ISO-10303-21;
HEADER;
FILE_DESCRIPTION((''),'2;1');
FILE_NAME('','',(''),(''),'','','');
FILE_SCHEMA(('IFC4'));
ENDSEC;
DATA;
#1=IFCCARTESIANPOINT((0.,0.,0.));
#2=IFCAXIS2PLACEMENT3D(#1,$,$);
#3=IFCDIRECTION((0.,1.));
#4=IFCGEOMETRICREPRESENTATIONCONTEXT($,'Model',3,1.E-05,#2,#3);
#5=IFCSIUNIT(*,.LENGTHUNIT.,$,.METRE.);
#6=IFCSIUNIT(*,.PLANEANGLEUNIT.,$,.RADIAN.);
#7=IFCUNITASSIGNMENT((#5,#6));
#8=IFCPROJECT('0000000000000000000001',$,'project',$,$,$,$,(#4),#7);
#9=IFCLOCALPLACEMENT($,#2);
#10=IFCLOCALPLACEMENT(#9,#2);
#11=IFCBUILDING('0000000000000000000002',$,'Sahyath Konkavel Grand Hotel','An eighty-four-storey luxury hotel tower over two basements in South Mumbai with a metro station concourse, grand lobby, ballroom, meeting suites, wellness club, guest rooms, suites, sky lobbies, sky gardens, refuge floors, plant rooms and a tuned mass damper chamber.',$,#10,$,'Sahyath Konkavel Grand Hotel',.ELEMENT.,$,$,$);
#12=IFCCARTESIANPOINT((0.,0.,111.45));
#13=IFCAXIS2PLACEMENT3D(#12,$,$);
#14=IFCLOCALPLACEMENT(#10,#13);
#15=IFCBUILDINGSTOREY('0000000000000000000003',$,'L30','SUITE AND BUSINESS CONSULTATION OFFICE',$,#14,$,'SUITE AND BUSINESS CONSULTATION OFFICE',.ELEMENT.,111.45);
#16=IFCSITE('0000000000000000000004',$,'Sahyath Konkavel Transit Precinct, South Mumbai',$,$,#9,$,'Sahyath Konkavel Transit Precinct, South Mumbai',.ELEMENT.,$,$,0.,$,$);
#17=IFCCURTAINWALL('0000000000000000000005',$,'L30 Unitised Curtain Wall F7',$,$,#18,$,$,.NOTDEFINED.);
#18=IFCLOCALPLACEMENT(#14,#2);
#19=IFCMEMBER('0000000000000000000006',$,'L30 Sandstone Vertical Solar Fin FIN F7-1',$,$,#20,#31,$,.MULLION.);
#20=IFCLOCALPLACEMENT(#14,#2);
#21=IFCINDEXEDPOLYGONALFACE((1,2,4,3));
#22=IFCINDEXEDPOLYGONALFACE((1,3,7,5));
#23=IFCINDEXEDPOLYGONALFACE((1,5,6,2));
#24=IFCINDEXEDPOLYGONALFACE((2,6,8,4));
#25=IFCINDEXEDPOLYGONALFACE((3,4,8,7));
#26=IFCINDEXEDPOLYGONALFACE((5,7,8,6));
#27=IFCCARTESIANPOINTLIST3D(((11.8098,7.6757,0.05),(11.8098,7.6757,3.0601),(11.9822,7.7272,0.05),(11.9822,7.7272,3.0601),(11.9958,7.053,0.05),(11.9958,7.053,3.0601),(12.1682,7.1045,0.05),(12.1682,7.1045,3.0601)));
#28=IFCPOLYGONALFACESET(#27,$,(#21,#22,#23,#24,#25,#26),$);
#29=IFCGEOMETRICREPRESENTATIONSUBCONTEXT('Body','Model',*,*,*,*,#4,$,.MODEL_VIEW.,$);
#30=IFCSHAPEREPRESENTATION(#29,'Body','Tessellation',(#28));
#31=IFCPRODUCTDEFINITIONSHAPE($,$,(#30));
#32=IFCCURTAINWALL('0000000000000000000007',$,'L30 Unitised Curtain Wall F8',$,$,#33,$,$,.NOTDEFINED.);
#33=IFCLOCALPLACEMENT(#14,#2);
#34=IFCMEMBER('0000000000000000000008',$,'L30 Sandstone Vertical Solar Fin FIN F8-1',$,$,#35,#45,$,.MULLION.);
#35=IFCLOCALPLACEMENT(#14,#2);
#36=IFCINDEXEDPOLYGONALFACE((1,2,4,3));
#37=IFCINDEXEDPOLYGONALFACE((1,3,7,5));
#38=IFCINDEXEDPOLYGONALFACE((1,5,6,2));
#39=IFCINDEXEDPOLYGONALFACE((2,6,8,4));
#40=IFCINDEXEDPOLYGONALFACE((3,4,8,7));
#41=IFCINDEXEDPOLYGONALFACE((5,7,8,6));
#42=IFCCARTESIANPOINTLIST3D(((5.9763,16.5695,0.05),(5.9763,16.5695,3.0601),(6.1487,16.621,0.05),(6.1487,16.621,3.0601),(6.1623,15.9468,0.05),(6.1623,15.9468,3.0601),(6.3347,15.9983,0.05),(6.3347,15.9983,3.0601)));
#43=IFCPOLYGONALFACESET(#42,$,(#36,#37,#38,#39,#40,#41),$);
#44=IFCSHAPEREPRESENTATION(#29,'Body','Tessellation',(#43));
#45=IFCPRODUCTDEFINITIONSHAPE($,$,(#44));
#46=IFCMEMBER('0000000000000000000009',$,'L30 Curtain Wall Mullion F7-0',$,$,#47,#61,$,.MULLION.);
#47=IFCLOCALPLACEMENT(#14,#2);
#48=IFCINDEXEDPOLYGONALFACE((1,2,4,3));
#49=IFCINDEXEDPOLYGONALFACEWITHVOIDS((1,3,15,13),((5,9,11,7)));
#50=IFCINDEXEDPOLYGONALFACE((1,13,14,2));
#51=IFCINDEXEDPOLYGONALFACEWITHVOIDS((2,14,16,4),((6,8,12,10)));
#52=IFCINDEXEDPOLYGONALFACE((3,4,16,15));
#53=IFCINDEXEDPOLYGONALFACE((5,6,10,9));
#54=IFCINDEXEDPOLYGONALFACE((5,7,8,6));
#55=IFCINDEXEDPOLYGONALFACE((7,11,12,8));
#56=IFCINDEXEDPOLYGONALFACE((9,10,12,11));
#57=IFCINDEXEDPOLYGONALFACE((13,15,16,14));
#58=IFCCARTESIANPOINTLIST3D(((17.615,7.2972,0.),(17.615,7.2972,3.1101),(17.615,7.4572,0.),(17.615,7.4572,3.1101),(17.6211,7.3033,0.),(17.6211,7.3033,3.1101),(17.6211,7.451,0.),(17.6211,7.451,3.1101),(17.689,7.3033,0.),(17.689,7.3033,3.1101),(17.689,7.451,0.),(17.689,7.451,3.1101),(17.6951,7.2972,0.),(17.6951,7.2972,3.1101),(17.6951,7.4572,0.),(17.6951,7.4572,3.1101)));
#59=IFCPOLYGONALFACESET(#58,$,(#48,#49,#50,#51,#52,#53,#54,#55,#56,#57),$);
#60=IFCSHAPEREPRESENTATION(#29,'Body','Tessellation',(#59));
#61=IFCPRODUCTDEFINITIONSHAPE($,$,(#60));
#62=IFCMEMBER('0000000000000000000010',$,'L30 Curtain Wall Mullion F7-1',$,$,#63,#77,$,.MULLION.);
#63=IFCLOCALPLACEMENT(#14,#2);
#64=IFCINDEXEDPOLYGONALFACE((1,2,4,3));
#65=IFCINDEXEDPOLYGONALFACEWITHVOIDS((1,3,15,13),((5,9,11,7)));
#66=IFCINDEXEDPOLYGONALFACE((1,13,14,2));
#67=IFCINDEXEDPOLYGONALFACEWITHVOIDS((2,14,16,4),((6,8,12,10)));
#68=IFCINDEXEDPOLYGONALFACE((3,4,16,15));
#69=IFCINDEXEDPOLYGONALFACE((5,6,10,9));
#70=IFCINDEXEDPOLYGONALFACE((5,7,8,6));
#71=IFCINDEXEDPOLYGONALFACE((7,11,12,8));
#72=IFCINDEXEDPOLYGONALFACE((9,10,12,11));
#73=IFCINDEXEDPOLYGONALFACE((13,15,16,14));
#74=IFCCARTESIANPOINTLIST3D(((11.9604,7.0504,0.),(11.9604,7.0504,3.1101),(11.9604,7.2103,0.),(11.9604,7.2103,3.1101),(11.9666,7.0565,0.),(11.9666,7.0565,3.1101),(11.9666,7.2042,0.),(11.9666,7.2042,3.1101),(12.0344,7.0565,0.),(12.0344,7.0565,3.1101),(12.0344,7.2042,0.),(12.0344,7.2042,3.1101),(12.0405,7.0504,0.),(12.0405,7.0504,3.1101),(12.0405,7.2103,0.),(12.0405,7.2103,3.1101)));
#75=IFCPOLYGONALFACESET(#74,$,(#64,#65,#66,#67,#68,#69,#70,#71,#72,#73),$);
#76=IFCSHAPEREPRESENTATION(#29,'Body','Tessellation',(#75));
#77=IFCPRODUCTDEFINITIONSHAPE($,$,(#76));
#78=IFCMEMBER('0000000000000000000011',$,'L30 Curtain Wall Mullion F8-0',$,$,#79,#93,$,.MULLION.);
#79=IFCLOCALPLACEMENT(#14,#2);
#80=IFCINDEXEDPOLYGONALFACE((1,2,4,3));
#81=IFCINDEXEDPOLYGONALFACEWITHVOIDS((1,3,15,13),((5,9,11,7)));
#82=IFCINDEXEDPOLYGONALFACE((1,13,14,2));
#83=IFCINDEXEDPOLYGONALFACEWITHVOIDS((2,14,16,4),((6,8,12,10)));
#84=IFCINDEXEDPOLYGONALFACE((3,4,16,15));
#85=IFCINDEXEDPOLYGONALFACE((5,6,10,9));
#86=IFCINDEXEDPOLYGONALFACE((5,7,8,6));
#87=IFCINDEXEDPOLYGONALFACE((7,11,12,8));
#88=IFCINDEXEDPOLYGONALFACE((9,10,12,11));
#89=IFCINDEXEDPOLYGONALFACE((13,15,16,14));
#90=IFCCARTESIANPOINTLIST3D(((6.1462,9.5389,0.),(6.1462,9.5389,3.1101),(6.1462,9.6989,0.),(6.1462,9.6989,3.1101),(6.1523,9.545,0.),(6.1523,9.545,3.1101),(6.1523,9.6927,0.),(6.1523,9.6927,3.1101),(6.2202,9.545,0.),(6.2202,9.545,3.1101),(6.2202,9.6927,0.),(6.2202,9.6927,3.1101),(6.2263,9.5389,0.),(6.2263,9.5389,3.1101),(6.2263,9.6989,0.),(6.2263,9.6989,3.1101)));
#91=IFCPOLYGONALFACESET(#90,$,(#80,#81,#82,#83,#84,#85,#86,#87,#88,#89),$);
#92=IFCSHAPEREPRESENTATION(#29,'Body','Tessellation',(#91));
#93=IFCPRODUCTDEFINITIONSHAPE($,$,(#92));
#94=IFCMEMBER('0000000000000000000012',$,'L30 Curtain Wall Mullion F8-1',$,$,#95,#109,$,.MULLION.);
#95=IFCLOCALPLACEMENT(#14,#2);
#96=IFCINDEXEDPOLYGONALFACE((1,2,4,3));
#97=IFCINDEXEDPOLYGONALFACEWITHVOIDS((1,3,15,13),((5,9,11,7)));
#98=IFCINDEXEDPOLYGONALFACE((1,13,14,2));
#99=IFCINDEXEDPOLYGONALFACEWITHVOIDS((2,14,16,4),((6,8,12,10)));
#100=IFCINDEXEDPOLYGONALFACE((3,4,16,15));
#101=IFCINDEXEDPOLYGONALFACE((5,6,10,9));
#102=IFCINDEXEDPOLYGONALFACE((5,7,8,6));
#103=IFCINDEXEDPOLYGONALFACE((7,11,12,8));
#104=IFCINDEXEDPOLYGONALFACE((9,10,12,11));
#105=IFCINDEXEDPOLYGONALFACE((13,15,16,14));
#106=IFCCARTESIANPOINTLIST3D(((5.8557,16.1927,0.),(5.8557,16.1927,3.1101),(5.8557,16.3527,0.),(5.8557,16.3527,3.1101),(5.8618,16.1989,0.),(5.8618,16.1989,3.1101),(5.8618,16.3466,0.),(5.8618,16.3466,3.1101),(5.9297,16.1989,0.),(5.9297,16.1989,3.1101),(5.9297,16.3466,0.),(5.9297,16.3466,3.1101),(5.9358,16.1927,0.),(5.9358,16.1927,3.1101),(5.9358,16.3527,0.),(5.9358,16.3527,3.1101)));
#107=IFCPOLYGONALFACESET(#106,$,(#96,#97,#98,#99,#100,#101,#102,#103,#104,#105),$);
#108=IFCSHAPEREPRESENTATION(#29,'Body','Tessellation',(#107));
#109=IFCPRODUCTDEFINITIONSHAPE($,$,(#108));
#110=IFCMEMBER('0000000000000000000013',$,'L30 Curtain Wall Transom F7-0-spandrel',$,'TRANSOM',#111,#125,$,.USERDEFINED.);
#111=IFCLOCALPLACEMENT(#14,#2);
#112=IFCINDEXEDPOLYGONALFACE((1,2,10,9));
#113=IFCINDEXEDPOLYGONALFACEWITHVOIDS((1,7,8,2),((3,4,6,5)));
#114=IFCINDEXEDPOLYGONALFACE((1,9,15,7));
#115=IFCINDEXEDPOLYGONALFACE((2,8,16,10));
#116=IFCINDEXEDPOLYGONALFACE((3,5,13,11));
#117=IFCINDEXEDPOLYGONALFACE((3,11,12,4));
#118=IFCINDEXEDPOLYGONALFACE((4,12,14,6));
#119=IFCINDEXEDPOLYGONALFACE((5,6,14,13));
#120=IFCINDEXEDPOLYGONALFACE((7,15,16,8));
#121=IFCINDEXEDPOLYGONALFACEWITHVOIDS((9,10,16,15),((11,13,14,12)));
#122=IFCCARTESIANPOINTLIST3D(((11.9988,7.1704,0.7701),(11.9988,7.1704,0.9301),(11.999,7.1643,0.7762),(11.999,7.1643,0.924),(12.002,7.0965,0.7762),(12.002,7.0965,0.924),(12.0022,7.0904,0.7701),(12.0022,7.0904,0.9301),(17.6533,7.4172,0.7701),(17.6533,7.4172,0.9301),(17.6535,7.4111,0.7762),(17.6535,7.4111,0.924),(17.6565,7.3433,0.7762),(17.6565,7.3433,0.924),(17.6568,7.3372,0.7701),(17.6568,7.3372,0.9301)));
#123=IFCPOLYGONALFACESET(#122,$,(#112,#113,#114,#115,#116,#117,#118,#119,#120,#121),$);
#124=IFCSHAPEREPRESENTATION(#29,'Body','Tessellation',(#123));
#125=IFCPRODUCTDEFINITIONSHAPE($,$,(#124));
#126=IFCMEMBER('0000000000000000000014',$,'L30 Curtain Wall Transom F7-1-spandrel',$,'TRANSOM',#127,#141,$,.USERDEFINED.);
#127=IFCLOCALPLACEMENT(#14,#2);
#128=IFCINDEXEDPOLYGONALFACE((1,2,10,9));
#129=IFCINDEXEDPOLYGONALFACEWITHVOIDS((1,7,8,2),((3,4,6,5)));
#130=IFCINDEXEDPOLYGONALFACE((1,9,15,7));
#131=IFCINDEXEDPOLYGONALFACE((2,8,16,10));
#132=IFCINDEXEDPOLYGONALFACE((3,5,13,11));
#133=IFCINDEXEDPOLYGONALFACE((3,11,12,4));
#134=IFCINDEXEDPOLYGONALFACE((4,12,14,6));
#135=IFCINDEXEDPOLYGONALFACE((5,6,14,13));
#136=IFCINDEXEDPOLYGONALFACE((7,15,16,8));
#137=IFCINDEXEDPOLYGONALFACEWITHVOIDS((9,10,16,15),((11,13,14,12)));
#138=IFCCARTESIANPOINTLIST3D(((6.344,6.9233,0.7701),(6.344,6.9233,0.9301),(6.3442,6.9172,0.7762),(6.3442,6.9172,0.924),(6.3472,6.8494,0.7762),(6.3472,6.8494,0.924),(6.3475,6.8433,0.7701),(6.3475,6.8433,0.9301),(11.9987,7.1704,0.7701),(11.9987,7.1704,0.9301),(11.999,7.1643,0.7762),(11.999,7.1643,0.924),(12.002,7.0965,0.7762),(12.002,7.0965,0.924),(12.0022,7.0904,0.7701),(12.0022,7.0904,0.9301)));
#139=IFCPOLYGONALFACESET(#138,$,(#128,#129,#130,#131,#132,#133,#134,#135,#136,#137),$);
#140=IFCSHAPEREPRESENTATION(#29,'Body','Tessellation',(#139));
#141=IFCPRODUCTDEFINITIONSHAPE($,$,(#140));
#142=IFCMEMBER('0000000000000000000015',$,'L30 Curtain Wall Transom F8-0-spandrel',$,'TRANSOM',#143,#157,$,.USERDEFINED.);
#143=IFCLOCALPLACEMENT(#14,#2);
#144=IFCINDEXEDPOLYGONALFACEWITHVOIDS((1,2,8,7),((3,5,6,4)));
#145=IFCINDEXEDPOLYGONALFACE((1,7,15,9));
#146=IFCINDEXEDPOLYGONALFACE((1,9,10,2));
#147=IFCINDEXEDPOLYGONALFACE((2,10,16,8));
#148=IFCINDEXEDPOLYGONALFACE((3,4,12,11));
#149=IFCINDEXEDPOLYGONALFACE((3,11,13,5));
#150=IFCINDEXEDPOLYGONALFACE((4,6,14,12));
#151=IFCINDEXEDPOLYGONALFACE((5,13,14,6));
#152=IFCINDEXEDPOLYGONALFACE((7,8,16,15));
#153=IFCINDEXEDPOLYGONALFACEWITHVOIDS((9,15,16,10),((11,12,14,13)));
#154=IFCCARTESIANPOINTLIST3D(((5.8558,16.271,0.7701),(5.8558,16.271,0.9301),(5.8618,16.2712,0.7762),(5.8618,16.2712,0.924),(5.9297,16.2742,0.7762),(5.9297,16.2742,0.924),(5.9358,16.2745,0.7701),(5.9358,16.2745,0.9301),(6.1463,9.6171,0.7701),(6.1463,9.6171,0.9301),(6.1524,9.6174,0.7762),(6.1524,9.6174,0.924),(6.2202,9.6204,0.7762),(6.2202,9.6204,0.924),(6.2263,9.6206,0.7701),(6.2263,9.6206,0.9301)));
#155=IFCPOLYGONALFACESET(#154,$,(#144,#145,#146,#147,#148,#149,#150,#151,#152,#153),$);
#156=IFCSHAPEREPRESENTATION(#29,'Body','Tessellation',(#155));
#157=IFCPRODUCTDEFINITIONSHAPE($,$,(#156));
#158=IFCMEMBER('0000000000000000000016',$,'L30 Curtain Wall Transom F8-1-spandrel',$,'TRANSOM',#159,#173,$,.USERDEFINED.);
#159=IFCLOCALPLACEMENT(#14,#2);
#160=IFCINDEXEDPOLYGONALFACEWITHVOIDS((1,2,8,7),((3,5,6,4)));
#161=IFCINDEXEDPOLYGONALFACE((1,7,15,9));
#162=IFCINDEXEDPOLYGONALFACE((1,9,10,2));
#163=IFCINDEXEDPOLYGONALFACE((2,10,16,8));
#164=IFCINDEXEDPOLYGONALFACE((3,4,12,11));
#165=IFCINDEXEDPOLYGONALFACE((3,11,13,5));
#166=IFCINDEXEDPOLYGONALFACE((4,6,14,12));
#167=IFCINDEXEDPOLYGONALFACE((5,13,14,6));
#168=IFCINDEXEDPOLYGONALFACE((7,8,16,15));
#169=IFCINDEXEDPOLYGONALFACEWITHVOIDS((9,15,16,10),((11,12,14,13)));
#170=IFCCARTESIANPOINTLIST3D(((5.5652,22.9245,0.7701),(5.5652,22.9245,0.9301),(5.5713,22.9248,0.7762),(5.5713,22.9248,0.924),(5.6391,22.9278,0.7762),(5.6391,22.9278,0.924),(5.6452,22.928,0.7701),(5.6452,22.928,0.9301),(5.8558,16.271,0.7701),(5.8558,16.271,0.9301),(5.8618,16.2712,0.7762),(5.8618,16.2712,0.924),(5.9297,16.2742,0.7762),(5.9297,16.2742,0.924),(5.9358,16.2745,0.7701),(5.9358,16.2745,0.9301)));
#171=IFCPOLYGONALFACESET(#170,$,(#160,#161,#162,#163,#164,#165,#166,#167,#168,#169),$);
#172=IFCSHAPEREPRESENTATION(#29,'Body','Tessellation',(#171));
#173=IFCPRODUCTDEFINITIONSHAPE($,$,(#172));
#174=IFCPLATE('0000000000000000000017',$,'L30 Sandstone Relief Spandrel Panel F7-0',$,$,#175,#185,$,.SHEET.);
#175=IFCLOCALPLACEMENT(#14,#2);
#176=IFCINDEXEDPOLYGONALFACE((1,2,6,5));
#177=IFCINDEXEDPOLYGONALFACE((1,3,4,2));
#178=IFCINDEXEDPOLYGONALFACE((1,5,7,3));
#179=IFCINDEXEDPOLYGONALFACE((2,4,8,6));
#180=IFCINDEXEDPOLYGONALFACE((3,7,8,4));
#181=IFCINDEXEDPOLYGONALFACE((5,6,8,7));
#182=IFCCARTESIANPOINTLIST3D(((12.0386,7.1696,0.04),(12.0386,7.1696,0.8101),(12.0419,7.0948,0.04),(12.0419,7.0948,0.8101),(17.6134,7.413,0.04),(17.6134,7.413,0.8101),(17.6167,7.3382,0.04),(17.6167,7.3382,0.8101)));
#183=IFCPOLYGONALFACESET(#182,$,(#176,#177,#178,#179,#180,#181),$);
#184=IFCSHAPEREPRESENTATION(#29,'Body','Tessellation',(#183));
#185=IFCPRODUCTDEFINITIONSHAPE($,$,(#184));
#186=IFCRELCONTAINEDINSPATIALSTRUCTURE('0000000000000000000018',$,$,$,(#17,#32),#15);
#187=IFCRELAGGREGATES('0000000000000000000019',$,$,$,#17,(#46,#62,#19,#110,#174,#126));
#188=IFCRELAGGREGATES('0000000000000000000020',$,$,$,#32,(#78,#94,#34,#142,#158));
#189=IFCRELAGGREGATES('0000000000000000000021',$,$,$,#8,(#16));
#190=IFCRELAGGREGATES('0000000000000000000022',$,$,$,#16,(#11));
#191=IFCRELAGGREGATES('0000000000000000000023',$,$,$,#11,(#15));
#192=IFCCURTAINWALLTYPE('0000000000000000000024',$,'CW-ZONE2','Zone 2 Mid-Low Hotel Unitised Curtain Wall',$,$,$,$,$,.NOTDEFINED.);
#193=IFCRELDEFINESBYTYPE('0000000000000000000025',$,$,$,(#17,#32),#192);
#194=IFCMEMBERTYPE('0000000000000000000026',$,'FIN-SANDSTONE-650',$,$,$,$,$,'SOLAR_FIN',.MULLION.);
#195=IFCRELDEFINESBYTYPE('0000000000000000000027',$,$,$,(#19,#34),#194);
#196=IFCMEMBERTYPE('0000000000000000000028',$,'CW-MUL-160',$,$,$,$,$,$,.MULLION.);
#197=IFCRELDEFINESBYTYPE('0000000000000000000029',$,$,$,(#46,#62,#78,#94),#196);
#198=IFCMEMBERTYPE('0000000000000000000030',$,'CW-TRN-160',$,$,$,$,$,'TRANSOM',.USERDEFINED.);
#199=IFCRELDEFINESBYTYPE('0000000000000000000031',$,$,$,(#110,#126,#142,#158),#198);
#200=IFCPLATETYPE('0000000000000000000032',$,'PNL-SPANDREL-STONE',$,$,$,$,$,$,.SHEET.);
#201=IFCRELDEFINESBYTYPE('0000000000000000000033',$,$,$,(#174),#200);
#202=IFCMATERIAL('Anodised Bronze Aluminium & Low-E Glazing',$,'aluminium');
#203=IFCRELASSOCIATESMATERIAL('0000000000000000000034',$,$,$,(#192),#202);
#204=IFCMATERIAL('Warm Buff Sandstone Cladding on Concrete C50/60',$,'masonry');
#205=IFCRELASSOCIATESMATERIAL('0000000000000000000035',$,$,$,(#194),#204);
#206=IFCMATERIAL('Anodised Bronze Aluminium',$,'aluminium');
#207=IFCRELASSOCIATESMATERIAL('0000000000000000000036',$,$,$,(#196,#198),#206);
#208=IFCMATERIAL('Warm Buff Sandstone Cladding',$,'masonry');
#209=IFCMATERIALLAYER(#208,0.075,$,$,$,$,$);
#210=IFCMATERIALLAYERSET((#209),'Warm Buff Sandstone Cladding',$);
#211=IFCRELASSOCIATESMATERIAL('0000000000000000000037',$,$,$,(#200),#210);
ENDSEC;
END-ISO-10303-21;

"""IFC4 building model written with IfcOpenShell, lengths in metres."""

from ifc_helpers import new_model, si_unit, direction, frame, origin, origin_2d, place, context, subcontext, project, spatial, rectangle, hollow_rectangle, extrude, source, transform, mapped, material, layer, layer_set, material_profile, profile_set, type_object, element, aggregate, save


model = new_model("IFC4")

# Units and contexts
model_context = context("Model", 3, precision=1e-05, world=origin(), true_north=direction((0.0, 1.0)))
body_context = subcontext(model_context, "Body", "Model", "MODEL_VIEW")
ifc_project = project(units=[si_unit("LENGTHUNIT", "METRE"), si_unit("PLANEANGLEUNIT", "RADIAN")], contexts=[model_context])

# Site, building, storey
site_placement = place(None, origin())
site = spatial("IfcSite", under=ifc_project, at=site_placement, Name="Sahyath Konkavel Transit Precinct, South Mumbai", LongName="Sahyath Konkavel Transit Precinct, South Mumbai", CompositionType="ELEMENT", RefElevation=0.0)
building_placement = place(site_placement, origin())
building = spatial("IfcBuilding", under=site, at=building_placement, Name="Sahyath Konkavel Grand Hotel", Description="An eighty-four-storey luxury hotel tower over two basements in South Mumbai with a metro station concourse, grand lobby, ballroom, meeting suites, wellness club, guest rooms, suites, sky lobbies, sky gardens, refuge floors, plant rooms and a tuned mass damper chamber.", LongName="Sahyath Konkavel Grand Hotel", CompositionType="ELEMENT")
storey_placement = place(building_placement, frame((0.0, 0.0, 111.45)))
storey = spatial("IfcBuildingStorey", under=building, at=storey_placement, Name="L30", Description="SUITE AND BUSINESS CONSULTATION OFFICE", LongName="SUITE AND BUSINESS CONSULTATION OFFICE", CompositionType="ELEMENT", Elevation=111.45)

# Curtain walls, members
ifc_material_1 = material(Name="Anodised Bronze Aluminium & Low-E Glazing", Category="aluminium")
curtain_wall_type = type_object("IfcCurtainWallType", Name="CW-ZONE2", Description="Zone 2 Mid-Low Hotel Unitised Curtain Wall", PredefinedType="NOTDEFINED", material=ifc_material_1)
curtain_wall_1_placement = place(storey_placement, origin())
curtain_wall_1 = element("IfcCurtainWall", 1, at=curtain_wall_1_placement, inside=storey, type_object=curtain_wall_type, Name="L30 Unitised Curtain Wall F7", PredefinedType="NOTDEFINED")
ifc_material_2 = material(Name="Warm Buff Sandstone Cladding on Concrete C50/60", Category="masonry")
ifc_material_profile_1 = material_profile(ifc_material_2, rectangle(XDim=0.1799, YDim=0.6499, at=origin_2d()), Name="FIN 180x650")
ifc_profile_set_1 = profile_set([ifc_material_profile_1], Name="Warm Buff Sandstone Cladding on Concrete C50/60")
member_type_1 = type_object("IfcMemberType", Name="FIN-SANDSTONE-650", ElementType="SOLAR_FIN", PredefinedType="MULLION", material=ifc_profile_set_1)
shared_shape_1 = source(origin(), body_context, "Body", "SweptSolid", [
    extrude(rectangle(XDim=0.1799, YDim=0.6499, at=origin_2d()), origin(), (0.0, 0.0, 1.0), 3.01),
])
member_1_placement = place(storey_placement, frame((11.989, 7.3901, 0.05), z_axis=(0.0, 0.0, 1.0), x_axis=(0.958173, 0.28619, 0.0)))
member_1 = element("IfcMember", 2, at=member_1_placement, type_object=member_type_1, Name="L30 Sandstone Vertical Solar Fin FIN F7-1", PredefinedType="MULLION", context=body_context, shape_type="MappedRepresentation", body=[
    mapped(shared_shape_1, transform((0.0, 0.0, 0.0), scale=1.0)),
])
curtain_wall_2_placement = place(storey_placement, origin())
curtain_wall_2 = element("IfcCurtainWall", 3, at=curtain_wall_2_placement, inside=storey, type_object=curtain_wall_type, Name="L30 Unitised Curtain Wall F8", PredefinedType="NOTDEFINED")
member_2_placement = place(storey_placement, frame((6.1555, 16.2839, 0.05), z_axis=(0.0, 0.0, 1.0), x_axis=(0.958173, 0.28619, 0.0)))
member_2 = element("IfcMember", 4, at=member_2_placement, type_object=member_type_1, Name="L30 Sandstone Vertical Solar Fin FIN F8-1", PredefinedType="MULLION", context=body_context, shape_type="MappedRepresentation", body=[
    mapped(shared_shape_1, transform((0.0, 0.0, 0.0), scale=1.0)),
])

# Members
ifc_material_3 = material(Name="Anodised Bronze Aluminium", Category="aluminium")
ifc_material_profile_2 = material_profile(ifc_material_3, hollow_rectangle(XDim=0.0801, YDim=0.1599, WallThickness=0.0061, at=origin_2d()), Name="RHS 160x80x6")
ifc_profile_set_2 = profile_set([ifc_material_profile_2], Name="Anodised Bronze Aluminium")
member_type_2 = type_object("IfcMemberType", Name="CW-MUL-160", PredefinedType="MULLION", material=ifc_profile_set_2)
shared_shape_2 = source(origin(), body_context, "Body", "SweptSolid", [
    extrude(hollow_rectangle(XDim=0.0801, YDim=0.1599, WallThickness=0.0061, at=origin_2d()), origin(), (0.0, 0.0, 1.0), 3.1101),
])
member_3_placement = place(storey_placement, frame((17.655, 7.3772, 0.0), z_axis=(0.0, 0.0, 1.0), x_axis=(1.0, 0.0, 0.0)))
member_3 = element("IfcMember", 5, at=member_3_placement, type_object=member_type_2, Name="L30 Curtain Wall Mullion F7-0", PredefinedType="MULLION", context=body_context, shape_type="MappedRepresentation", body=[
    mapped(shared_shape_2, transform((0.0, 0.0, 0.0), scale=1.0)),
])
member_4_placement = place(storey_placement, frame((12.0005, 7.1304, 0.0), z_axis=(0.0, 0.0, 1.0), x_axis=(1.0, 0.0, 0.0)))
member_4 = element("IfcMember", 6, at=member_4_placement, type_object=member_type_2, Name="L30 Curtain Wall Mullion F7-1", PredefinedType="MULLION", context=body_context, shape_type="MappedRepresentation", body=[
    mapped(shared_shape_2, transform((0.0, 0.0, 0.0), scale=1.0)),
])
member_5_placement = place(storey_placement, frame((6.1863, 9.6189, 0.0), z_axis=(0.0, 0.0, 1.0), x_axis=(1.0, 0.0, 0.0)))
member_5 = element("IfcMember", 7, at=member_5_placement, type_object=member_type_2, Name="L30 Curtain Wall Mullion F8-0", PredefinedType="MULLION", context=body_context, shape_type="MappedRepresentation", body=[
    mapped(shared_shape_2, transform((0.0, 0.0, 0.0), scale=1.0)),
])
member_6_placement = place(storey_placement, frame((5.8958, 16.2727, 0.0), z_axis=(0.0, 0.0, 1.0), x_axis=(1.0, 0.0, 0.0)))
member_6 = element("IfcMember", 8, at=member_6_placement, type_object=member_type_2, Name="L30 Curtain Wall Mullion F8-1", PredefinedType="MULLION", context=body_context, shape_type="MappedRepresentation", body=[
    mapped(shared_shape_2, transform((0.0, 0.0, 0.0), scale=1.0)),
])
ifc_material_profile_3 = material_profile(ifc_material_3, hollow_rectangle(XDim=0.0801, YDim=0.1599, WallThickness=0.0061, at=origin_2d()), Name="RHS 160x80x6")
ifc_profile_set_3 = profile_set([ifc_material_profile_3], Name="Anodised Bronze Aluminium")
member_type_3 = type_object("IfcMemberType", Name="CW-TRN-160", ElementType="TRANSOM", PredefinedType="USERDEFINED", material=ifc_profile_set_3)
shared_shape_3 = source(origin(), body_context, "Body", "SweptSolid", [
    extrude(hollow_rectangle(XDim=0.0801, YDim=0.1599, WallThickness=0.0061, at=origin_2d()), origin(), (0.0, 0.0, 1.0), 5.6599),
])
member_7_placement = place(storey_placement, frame((17.655, 7.3772, 0.8501), z_axis=(-0.999049, -0.043609, 0.0), x_axis=(0.043609, -0.999049, 0.0)))
member_7 = element("IfcMember", 9, at=member_7_placement, type_object=member_type_3, Name="L30 Curtain Wall Transom F7-0-spandrel", ObjectType="TRANSOM", PredefinedType="USERDEFINED", context=body_context, shape_type="MappedRepresentation", body=[
    mapped(shared_shape_3, transform((0.0, 0.0, 0.0), scale=1.0)),
])
shared_shape_4 = source(origin(), body_context, "Body", "SweptSolid", [
    extrude(hollow_rectangle(XDim=0.0801, YDim=0.1599, WallThickness=0.0061, at=origin_2d()), origin(), (0.0, 0.0, 1.0), 5.6602),
])
member_8_placement = place(storey_placement, frame((12.0005, 7.1304, 0.8501), z_axis=(-0.999047, -0.043651, 0.0), x_axis=(0.043651, -0.999047, 0.0)))
member_8 = element("IfcMember", 10, at=member_8_placement, type_object=member_type_3, Name="L30 Curtain Wall Transom F7-1-spandrel", ObjectType="TRANSOM", PredefinedType="USERDEFINED", context=body_context, shape_type="MappedRepresentation", body=[
    mapped(shared_shape_4, transform((0.0, 0.0, 0.0), scale=1.0)),
])
shared_shape_5 = source(origin(), body_context, "Body", "SweptSolid", [
    extrude(hollow_rectangle(XDim=0.0801, YDim=0.1599, WallThickness=0.0061, at=origin_2d()), origin(), (0.0, 0.0, 1.0), 6.6602),
])
member_9_placement = place(storey_placement, frame((6.1863, 9.6189, 0.8501), z_axis=(-0.043622, 0.999048, 0.0), x_axis=(-0.999048, -0.043622, 0.0)))
member_9 = element("IfcMember", 11, at=member_9_placement, type_object=member_type_3, Name="L30 Curtain Wall Transom F8-0-spandrel", ObjectType="TRANSOM", PredefinedType="USERDEFINED", context=body_context, shape_type="MappedRepresentation", body=[
    mapped(shared_shape_5, transform((0.0, 0.0, 0.0), scale=1.0)),
])
shared_shape_6 = source(origin(), body_context, "Body", "SweptSolid", [
    extrude(hollow_rectangle(XDim=0.0801, YDim=0.1599, WallThickness=0.0061, at=origin_2d()), origin(), (0.0, 0.0, 1.0), 6.6599),
])
member_10_placement = place(storey_placement, frame((5.8958, 16.2727, 0.8501), z_axis=(-0.043623, 0.999048, 0.0), x_axis=(-0.999048, -0.043623, 0.0)))
member_10 = element("IfcMember", 12, at=member_10_placement, type_object=member_type_3, Name="L30 Curtain Wall Transom F8-1-spandrel", ObjectType="TRANSOM", PredefinedType="USERDEFINED", context=body_context, shape_type="MappedRepresentation", body=[
    mapped(shared_shape_6, transform((0.0, 0.0, 0.0), scale=1.0)),
])

# Plate
ifc_material_4 = material(Name="Warm Buff Sandstone Cladding", Category="masonry")
ifc_layer_1 = layer(ifc_material_4, 0.075)
ifc_layer_set_1 = layer_set([ifc_layer_1], Name="Warm Buff Sandstone Cladding")
plate_type_1 = type_object("IfcPlateType", Name="PNL-SPANDREL-STONE", PredefinedType="SHEET", material=ifc_layer_set_1)
shared_shape_7 = source(origin(), body_context, "Body", "SweptSolid", [
    extrude(rectangle(XDim=5.5801, YDim=0.075, at=origin_2d()), origin(), (0.0, 0.0, 1.0), 0.77),
])
plate_1_placement = place(storey_placement, frame((14.8276, 7.2539, 0.04), z_axis=(0.0, 0.0, 1.0), x_axis=(-0.999048, -0.043619, 0.0)))
plate_1 = element("IfcPlate", 13, at=plate_1_placement, type_object=plate_type_1, Name="L30 Sandstone Relief Spandrel Panel F7-0", PredefinedType="SHEET", context=body_context, shape_type="MappedRepresentation", body=[
    mapped(shared_shape_7, transform((0.0, 0.0, 0.0), scale=1.0)),
])
aggregate(curtain_wall_1, [member_3, member_4, member_1, member_7, plate_1, member_8])
aggregate(curtain_wall_2, [member_5, member_6, member_2, member_9, member_10])

save(model, "model.ifc")
